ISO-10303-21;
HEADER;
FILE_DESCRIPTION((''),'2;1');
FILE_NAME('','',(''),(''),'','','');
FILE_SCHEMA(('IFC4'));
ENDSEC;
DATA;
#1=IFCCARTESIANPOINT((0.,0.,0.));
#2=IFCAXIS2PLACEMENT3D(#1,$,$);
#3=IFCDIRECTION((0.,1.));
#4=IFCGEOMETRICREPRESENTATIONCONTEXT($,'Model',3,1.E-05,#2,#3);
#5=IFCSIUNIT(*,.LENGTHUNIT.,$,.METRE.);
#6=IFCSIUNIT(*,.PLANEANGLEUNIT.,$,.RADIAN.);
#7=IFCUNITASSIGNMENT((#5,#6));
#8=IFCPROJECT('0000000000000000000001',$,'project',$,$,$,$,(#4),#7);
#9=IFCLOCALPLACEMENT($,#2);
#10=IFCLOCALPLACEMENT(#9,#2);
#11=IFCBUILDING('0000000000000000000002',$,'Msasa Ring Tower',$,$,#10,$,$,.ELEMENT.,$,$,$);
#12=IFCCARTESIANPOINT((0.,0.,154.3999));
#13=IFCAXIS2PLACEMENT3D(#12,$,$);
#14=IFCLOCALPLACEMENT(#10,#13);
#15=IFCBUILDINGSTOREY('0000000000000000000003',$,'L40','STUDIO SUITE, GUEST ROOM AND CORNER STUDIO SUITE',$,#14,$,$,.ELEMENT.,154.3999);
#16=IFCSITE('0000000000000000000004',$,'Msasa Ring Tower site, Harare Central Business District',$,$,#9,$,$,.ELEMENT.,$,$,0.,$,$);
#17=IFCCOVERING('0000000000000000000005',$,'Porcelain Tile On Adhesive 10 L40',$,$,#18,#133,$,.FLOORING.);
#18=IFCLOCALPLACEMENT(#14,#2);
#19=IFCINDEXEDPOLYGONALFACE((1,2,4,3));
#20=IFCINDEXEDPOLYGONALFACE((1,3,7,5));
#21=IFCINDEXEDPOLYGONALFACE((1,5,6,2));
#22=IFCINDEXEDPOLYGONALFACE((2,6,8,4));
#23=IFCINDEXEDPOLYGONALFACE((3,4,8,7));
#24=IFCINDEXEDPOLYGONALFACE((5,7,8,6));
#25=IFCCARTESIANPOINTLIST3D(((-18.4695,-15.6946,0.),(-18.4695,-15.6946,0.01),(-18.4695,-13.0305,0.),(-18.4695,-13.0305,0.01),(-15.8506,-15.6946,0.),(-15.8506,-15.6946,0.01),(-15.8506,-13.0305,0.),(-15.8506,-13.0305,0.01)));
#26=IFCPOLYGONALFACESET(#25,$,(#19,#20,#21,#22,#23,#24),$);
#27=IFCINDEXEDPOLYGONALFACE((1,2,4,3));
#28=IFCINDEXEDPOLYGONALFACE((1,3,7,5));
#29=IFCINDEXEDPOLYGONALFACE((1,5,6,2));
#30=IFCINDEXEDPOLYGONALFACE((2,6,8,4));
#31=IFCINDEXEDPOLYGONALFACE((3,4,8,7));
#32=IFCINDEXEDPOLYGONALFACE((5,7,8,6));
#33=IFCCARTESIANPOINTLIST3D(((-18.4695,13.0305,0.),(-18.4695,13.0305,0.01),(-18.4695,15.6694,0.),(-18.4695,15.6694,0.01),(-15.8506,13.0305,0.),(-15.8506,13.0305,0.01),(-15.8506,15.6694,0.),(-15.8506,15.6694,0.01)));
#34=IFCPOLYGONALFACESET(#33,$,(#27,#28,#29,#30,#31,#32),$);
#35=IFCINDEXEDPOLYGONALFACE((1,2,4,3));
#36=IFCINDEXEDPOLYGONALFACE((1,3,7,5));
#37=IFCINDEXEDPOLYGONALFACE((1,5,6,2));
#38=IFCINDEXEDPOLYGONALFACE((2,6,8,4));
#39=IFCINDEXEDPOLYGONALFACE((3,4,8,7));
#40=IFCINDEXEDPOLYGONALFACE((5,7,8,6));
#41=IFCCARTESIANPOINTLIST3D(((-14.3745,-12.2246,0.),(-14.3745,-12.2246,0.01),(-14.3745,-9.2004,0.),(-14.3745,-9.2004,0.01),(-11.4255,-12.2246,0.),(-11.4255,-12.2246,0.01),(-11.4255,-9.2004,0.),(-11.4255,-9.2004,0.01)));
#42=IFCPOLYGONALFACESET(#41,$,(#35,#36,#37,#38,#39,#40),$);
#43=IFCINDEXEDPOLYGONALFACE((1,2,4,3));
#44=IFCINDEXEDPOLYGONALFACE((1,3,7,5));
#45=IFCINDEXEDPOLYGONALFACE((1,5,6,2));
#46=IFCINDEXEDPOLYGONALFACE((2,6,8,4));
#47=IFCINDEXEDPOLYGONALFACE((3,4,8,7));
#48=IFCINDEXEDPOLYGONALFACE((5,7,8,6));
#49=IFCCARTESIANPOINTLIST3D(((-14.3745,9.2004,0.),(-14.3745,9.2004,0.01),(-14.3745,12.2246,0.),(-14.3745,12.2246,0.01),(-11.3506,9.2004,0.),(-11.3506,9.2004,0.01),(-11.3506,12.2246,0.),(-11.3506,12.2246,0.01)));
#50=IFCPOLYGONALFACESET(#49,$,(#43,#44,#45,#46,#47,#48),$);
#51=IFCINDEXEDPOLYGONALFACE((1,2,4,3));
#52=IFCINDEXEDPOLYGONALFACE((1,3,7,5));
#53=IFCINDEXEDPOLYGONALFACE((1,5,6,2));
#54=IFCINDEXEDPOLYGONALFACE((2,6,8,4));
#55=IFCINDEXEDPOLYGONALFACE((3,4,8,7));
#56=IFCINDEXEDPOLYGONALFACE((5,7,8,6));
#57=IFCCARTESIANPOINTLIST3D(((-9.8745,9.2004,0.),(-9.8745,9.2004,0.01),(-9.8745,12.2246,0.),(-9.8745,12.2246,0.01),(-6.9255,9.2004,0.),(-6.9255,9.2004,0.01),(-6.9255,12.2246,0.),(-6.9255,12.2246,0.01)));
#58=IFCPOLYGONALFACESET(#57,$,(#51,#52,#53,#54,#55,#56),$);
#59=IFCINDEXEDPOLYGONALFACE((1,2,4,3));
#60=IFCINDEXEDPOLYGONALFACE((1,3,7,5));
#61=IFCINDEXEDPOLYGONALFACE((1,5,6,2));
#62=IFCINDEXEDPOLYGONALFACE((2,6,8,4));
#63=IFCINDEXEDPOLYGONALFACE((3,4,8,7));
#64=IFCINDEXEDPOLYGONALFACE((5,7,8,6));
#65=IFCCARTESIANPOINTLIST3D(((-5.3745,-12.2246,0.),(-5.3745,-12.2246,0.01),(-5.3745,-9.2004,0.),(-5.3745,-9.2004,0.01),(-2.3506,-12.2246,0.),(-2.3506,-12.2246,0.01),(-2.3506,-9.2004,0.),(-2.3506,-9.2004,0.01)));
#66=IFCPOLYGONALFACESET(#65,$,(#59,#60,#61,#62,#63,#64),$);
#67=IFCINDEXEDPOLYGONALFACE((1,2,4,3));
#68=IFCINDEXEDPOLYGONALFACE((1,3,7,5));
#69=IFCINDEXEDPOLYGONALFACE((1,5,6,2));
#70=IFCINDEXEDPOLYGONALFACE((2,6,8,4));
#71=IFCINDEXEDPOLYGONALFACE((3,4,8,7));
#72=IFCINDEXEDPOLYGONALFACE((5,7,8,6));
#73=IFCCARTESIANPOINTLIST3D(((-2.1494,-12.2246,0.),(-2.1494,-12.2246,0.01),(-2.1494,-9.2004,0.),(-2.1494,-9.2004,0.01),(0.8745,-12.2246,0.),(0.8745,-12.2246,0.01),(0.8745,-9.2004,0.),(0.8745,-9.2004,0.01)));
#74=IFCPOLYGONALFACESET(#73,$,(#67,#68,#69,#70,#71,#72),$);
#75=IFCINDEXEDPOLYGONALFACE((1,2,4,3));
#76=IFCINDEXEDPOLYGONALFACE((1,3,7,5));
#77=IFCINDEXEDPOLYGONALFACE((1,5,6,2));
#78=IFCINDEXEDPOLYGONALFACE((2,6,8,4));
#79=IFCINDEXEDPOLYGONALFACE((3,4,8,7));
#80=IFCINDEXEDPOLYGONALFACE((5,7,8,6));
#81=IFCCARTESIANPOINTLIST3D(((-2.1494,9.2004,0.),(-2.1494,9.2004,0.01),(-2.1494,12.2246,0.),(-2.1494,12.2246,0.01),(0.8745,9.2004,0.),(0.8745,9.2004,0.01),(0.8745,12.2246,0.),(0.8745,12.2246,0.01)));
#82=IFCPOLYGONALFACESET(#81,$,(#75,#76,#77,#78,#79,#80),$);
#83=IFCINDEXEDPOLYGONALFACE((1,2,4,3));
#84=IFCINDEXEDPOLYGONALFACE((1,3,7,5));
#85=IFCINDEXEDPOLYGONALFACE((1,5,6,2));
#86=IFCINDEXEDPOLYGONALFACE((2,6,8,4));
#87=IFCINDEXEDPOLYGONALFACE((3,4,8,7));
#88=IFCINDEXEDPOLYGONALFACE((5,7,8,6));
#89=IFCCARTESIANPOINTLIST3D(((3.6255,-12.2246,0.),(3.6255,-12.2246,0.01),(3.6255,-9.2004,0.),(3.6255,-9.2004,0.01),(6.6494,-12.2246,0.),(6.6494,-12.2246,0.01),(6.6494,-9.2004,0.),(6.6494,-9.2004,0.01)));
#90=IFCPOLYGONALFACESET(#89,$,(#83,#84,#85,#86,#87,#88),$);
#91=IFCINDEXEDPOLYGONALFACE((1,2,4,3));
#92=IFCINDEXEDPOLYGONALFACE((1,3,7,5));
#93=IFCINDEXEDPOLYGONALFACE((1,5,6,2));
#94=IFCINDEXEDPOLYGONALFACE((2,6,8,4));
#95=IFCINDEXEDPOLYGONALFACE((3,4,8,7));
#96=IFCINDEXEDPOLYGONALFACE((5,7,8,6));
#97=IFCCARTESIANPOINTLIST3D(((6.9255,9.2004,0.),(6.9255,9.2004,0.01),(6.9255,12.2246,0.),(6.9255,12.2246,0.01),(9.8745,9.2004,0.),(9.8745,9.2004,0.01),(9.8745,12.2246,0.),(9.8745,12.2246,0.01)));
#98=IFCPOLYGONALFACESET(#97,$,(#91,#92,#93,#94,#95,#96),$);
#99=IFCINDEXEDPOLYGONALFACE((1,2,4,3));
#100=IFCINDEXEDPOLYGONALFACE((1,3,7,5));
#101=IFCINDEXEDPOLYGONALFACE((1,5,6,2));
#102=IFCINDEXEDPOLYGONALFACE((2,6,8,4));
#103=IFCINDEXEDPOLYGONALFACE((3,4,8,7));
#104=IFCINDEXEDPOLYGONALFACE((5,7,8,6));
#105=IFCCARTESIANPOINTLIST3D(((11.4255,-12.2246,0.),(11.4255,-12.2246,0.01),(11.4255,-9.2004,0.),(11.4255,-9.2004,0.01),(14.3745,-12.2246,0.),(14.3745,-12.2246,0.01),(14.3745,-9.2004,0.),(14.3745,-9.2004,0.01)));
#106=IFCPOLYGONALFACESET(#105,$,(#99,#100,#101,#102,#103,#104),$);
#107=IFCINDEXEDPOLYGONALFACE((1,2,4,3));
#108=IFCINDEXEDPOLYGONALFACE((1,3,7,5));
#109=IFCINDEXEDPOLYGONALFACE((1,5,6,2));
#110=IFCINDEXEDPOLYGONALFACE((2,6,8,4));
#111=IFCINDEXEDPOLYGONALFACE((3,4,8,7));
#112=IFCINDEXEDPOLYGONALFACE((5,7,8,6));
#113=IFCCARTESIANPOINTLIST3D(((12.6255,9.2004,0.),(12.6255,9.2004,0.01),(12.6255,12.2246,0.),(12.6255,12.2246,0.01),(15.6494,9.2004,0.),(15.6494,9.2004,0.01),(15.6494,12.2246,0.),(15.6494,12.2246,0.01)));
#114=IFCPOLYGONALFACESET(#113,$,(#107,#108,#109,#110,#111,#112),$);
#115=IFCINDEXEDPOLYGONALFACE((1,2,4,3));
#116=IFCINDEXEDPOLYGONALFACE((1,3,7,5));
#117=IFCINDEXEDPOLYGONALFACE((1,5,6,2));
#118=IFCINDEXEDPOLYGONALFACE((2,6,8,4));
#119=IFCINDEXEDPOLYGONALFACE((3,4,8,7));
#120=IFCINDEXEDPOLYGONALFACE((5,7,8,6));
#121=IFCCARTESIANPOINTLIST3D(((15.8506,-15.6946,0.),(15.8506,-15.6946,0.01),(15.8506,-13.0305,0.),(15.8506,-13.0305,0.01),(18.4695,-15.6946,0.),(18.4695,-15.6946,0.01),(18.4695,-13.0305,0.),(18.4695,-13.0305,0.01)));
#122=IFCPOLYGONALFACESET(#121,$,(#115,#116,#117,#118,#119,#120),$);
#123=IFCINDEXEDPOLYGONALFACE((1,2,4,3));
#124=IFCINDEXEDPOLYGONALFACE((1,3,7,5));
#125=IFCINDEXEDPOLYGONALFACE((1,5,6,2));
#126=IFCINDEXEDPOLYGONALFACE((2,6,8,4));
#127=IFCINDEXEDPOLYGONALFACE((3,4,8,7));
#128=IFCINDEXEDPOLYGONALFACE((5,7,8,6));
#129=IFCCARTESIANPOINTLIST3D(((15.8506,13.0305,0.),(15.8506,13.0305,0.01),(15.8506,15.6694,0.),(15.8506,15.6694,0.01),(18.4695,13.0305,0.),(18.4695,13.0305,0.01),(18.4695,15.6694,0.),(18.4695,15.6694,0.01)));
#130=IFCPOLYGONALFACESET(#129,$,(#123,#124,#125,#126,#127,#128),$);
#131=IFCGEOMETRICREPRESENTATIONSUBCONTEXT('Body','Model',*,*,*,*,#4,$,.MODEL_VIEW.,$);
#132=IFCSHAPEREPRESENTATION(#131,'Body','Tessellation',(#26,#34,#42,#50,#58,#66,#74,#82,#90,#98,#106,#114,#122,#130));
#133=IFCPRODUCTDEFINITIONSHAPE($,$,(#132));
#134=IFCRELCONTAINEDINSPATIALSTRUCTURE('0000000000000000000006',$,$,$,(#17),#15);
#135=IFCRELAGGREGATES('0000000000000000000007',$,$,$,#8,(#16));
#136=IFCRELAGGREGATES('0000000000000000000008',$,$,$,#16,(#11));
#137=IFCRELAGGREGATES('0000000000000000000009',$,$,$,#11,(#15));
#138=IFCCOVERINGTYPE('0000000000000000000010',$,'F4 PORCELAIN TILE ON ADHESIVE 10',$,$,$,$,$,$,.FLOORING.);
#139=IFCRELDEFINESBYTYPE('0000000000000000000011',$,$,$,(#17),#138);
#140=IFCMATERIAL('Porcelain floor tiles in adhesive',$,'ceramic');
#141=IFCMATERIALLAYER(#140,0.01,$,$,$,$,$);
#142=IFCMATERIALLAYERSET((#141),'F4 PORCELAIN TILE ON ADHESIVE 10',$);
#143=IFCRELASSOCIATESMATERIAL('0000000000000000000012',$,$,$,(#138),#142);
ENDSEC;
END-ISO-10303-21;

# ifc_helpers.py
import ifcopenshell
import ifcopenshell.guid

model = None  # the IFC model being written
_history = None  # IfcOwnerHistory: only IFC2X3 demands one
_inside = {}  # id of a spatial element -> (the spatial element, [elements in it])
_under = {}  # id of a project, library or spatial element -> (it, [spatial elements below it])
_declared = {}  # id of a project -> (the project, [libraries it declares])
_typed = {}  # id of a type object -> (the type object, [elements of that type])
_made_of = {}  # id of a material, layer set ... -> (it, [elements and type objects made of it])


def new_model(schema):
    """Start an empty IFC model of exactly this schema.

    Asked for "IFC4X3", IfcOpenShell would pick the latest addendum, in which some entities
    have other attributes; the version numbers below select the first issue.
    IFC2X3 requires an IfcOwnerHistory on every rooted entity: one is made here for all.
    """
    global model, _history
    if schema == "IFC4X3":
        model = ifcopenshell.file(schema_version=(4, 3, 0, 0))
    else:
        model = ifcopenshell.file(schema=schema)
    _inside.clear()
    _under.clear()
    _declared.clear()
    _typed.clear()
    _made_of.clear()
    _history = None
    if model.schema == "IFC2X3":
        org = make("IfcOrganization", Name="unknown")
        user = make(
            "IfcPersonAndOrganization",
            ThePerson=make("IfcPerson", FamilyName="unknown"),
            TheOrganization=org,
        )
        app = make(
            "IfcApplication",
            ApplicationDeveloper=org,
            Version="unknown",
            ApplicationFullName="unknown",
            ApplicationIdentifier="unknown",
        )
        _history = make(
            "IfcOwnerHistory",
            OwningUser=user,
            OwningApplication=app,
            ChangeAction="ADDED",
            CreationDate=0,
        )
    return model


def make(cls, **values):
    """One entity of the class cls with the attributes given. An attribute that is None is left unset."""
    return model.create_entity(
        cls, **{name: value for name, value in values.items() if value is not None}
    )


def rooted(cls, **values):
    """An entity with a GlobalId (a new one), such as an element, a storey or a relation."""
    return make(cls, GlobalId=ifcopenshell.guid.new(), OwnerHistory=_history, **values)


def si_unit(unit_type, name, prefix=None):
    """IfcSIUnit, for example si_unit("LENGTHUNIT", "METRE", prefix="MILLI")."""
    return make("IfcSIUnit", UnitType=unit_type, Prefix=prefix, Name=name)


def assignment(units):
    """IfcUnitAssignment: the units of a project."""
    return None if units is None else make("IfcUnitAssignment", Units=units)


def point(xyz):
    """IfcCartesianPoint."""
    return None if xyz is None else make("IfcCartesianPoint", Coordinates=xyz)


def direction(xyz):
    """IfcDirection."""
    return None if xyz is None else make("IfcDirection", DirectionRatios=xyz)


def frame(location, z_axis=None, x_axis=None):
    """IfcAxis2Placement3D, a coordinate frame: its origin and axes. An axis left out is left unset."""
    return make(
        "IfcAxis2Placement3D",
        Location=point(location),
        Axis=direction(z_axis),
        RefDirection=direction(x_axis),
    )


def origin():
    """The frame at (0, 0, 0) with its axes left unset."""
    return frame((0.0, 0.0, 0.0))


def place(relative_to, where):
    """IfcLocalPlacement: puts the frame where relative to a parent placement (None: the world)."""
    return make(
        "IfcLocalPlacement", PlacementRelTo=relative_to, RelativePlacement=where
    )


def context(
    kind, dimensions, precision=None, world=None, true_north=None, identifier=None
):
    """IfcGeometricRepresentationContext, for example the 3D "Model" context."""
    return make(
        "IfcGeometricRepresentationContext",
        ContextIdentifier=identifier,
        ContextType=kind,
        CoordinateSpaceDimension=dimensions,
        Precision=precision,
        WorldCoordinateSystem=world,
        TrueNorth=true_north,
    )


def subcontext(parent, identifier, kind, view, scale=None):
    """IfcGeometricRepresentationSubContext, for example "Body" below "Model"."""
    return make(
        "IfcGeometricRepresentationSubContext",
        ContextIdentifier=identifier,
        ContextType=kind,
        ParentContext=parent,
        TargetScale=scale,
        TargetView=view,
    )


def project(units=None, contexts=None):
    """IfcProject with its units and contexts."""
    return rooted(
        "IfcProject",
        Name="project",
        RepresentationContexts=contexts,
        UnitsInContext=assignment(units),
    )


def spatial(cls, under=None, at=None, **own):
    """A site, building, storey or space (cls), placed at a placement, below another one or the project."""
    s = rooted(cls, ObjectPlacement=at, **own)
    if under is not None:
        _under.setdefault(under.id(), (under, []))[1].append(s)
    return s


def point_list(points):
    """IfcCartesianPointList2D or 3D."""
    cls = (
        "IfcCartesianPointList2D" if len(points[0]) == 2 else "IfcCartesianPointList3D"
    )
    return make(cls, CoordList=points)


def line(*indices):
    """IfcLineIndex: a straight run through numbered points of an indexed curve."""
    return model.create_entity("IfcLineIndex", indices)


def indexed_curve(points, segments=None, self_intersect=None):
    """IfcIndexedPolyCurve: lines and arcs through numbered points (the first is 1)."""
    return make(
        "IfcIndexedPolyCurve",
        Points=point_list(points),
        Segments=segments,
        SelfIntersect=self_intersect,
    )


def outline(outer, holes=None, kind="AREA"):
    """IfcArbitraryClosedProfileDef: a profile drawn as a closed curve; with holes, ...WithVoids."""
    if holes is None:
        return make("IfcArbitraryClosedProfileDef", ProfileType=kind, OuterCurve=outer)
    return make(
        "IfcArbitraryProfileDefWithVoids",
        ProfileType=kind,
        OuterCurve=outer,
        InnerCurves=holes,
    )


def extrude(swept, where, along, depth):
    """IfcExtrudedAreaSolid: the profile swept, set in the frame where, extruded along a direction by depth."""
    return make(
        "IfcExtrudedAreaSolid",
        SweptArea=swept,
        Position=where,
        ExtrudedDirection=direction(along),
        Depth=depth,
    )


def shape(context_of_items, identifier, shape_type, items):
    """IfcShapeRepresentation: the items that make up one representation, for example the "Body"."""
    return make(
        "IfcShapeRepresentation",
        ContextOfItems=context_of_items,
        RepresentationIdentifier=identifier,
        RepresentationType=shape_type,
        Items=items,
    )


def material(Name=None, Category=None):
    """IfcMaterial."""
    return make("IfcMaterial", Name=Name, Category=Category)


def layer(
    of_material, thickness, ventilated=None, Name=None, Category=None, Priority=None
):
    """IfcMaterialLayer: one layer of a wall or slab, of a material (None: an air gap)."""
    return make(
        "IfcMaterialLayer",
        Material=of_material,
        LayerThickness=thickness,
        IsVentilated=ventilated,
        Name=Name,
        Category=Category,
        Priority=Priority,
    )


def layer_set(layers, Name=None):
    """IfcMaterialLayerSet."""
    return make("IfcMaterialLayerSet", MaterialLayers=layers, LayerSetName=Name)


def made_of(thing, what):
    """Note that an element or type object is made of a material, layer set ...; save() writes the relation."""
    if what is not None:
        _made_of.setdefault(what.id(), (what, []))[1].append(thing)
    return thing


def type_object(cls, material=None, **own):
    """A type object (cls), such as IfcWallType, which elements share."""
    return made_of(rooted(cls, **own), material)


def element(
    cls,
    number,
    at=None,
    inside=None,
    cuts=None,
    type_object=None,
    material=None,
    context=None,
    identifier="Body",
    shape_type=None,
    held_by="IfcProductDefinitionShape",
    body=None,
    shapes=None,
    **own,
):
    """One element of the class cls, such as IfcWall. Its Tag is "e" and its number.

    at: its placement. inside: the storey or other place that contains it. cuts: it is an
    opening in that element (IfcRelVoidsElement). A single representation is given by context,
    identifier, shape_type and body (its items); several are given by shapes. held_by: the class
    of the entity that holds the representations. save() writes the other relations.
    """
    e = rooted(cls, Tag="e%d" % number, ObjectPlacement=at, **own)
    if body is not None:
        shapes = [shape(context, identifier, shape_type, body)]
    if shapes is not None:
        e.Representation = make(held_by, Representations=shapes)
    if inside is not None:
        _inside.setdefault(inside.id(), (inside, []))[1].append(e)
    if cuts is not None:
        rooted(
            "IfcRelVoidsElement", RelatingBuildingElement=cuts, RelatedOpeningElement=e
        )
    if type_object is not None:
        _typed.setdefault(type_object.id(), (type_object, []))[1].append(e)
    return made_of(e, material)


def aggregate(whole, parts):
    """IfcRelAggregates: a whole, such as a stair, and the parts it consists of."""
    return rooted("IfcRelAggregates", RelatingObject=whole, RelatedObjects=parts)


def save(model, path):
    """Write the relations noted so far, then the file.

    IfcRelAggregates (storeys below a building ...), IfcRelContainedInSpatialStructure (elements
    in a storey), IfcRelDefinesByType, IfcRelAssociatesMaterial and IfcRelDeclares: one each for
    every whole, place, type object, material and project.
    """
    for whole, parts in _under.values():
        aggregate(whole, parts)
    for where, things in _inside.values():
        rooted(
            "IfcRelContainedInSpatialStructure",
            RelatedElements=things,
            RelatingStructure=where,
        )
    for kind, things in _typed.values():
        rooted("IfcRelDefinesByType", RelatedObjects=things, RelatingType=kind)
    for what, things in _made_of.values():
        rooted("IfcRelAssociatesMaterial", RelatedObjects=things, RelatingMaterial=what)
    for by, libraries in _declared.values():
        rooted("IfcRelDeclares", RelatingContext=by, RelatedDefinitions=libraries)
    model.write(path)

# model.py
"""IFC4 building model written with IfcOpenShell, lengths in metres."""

from ifc_helpers import new_model, si_unit, direction, frame, origin, place, context, subcontext, project, spatial, line, indexed_curve, outline, extrude, material, layer, layer_set, type_object, element, save


model = new_model("IFC4")

# Units and contexts
model_context = context("Model", 3, precision=1e-05, world=origin(), true_north=direction((0.0, 1.0)))
body_context = subcontext(model_context, "Body", "Model", "MODEL_VIEW")
ifc_project = project(units=[si_unit("LENGTHUNIT", "METRE"), si_unit("PLANEANGLEUNIT", "RADIAN")], contexts=[model_context])

# Site, building, storey
site_placement = place(None, origin())
site = spatial("IfcSite", under=ifc_project, at=site_placement, Name="Msasa Ring Tower site, Harare Central Business District", CompositionType="ELEMENT", RefElevation=0.0)
building_placement = place(site_placement, origin())
building = spatial("IfcBuilding", under=site, at=building_placement, Name="Msasa Ring Tower", CompositionType="ELEMENT")
storey_placement = place(building_placement, frame((0.0, 0.0, 154.3999)))
storey = spatial("IfcBuildingStorey", under=building, at=storey_placement, Name="L40", Description="STUDIO SUITE, GUEST ROOM AND CORNER STUDIO SUITE", CompositionType="ELEMENT", Elevation=154.3999)

# Covering
ifc_material_1 = material(Name="Porcelain floor tiles in adhesive", Category="ceramic")
ifc_layer_1 = layer(ifc_material_1, 0.01)
ifc_layer_set_1 = layer_set([ifc_layer_1], Name="F4 PORCELAIN TILE ON ADHESIVE 10")
covering_type_1 = type_object("IfcCoveringType", Name="F4 PORCELAIN TILE ON ADHESIVE 10", PredefinedType="FLOORING", material=ifc_layer_set_1)
covering_1_placement = place(storey_placement, origin())
element("IfcCovering", 1, at=covering_1_placement, inside=storey, type_object=covering_type_1, Name="Porcelain Tile On Adhesive 10 L40", PredefinedType="FLOORING", context=body_context, shape_type="SweptSolid", body=[
    extrude(outline(indexed_curve([(-18.4695, -13.0305), (-15.8506, -13.0305), (-15.8506, -15.6946), (-18.4695, -15.6946)], segments=[line(1, 2, 3, 4, 1)], self_intersect=False)), origin(), (0.0, 0.0, 1.0), 0.01),
    extrude(outline(indexed_curve([(-15.8506, 15.6694), (-15.8506, 13.0305), (-18.4695, 13.0305), (-18.4695, 15.6694)], segments=[line(1, 2, 3, 4, 1)], self_intersect=False)), origin(), (0.0, 0.0, 1.0), 0.01),
    extrude(outline(indexed_curve([(-11.4255, -9.2004), (-11.4255, -12.2246), (-14.3745, -12.2246), (-14.3745, -9.2004)], segments=[line(1, 2, 3, 4, 1)], self_intersect=False)), origin(), (0.0, 0.0, 1.0), 0.01),
    extrude(outline(indexed_curve([(-11.3506, 9.2004), (-14.3745, 9.2004), (-14.3745, 12.2246), (-11.3506, 12.2246)], segments=[line(1, 2, 3, 4, 1)], self_intersect=False)), origin(), (0.0, 0.0, 1.0), 0.01),
    extrude(outline(indexed_curve([(-9.8745, 9.2004), (-9.8745, 12.2246), (-6.9255, 12.2246), (-6.9255, 9.2004)], segments=[line(1, 2, 3, 4, 1)], self_intersect=False)), origin(), (0.0, 0.0, 1.0), 0.01),
    extrude(outline(indexed_curve([(-2.3506, -9.2004), (-2.3506, -12.2246), (-5.3745, -12.2246), (-5.3745, -9.2004)], segments=[line(1, 2, 3, 4, 1)], self_intersect=False)), origin(), (0.0, 0.0, 1.0), 0.01),
    extrude(outline(indexed_curve([(0.8745, -9.2004), (0.8745, -12.2246), (-2.1494, -12.2246), (-2.1494, -9.2004)], segments=[line(1, 2, 3, 4, 1)], self_intersect=False)), origin(), (0.0, 0.0, 1.0), 0.01),
    extrude(outline(indexed_curve([(-2.1494, 9.2004), (-2.1494, 12.2246), (0.8745, 12.2246), (0.8745, 9.2004)], segments=[line(1, 2, 3, 4, 1)], self_intersect=False)), origin(), (0.0, 0.0, 1.0), 0.01),
    extrude(outline(indexed_curve([(6.6494, -9.2004), (6.6494, -12.2246), (3.6255, -12.2246), (3.6255, -9.2004)], segments=[line(1, 2, 3, 4, 1)], self_intersect=False)), origin(), (0.0, 0.0, 1.0), 0.01),
    extrude(outline(indexed_curve([(6.9255, 9.2004), (6.9255, 12.2246), (9.8745, 12.2246), (9.8745, 9.2004)], segments=[line(1, 2, 3, 4, 1)], self_intersect=False)), origin(), (0.0, 0.0, 1.0), 0.01),
    extrude(outline(indexed_curve([(14.3745, -9.2004), (14.3745, -12.2246), (11.4255, -12.2246), (11.4255, -9.2004)], segments=[line(1, 2, 3, 4, 1)], self_intersect=False)), origin(), (0.0, 0.0, 1.0), 0.01),
    extrude(outline(indexed_curve([(15.6494, 9.2004), (12.6255, 9.2004), (12.6255, 12.2246), (15.6494, 12.2246)], segments=[line(1, 2, 3, 4, 1)], self_intersect=False)), origin(), (0.0, 0.0, 1.0), 0.01),
    extrude(outline(indexed_curve([(15.8506, -13.0305), (18.4695, -13.0305), (18.4695, -15.6946), (15.8506, -15.6946)], segments=[line(1, 2, 3, 4, 1)], self_intersect=False)), origin(), (0.0, 0.0, 1.0), 0.01),
    extrude(outline(indexed_curve([(18.4695, 15.6694), (18.4695, 13.0305), (15.8506, 13.0305), (15.8506, 15.6694)], segments=[line(1, 2, 3, 4, 1)], self_intersect=False)), origin(), (0.0, 0.0, 1.0), 0.01),
])

save(model, "model.ifc")
